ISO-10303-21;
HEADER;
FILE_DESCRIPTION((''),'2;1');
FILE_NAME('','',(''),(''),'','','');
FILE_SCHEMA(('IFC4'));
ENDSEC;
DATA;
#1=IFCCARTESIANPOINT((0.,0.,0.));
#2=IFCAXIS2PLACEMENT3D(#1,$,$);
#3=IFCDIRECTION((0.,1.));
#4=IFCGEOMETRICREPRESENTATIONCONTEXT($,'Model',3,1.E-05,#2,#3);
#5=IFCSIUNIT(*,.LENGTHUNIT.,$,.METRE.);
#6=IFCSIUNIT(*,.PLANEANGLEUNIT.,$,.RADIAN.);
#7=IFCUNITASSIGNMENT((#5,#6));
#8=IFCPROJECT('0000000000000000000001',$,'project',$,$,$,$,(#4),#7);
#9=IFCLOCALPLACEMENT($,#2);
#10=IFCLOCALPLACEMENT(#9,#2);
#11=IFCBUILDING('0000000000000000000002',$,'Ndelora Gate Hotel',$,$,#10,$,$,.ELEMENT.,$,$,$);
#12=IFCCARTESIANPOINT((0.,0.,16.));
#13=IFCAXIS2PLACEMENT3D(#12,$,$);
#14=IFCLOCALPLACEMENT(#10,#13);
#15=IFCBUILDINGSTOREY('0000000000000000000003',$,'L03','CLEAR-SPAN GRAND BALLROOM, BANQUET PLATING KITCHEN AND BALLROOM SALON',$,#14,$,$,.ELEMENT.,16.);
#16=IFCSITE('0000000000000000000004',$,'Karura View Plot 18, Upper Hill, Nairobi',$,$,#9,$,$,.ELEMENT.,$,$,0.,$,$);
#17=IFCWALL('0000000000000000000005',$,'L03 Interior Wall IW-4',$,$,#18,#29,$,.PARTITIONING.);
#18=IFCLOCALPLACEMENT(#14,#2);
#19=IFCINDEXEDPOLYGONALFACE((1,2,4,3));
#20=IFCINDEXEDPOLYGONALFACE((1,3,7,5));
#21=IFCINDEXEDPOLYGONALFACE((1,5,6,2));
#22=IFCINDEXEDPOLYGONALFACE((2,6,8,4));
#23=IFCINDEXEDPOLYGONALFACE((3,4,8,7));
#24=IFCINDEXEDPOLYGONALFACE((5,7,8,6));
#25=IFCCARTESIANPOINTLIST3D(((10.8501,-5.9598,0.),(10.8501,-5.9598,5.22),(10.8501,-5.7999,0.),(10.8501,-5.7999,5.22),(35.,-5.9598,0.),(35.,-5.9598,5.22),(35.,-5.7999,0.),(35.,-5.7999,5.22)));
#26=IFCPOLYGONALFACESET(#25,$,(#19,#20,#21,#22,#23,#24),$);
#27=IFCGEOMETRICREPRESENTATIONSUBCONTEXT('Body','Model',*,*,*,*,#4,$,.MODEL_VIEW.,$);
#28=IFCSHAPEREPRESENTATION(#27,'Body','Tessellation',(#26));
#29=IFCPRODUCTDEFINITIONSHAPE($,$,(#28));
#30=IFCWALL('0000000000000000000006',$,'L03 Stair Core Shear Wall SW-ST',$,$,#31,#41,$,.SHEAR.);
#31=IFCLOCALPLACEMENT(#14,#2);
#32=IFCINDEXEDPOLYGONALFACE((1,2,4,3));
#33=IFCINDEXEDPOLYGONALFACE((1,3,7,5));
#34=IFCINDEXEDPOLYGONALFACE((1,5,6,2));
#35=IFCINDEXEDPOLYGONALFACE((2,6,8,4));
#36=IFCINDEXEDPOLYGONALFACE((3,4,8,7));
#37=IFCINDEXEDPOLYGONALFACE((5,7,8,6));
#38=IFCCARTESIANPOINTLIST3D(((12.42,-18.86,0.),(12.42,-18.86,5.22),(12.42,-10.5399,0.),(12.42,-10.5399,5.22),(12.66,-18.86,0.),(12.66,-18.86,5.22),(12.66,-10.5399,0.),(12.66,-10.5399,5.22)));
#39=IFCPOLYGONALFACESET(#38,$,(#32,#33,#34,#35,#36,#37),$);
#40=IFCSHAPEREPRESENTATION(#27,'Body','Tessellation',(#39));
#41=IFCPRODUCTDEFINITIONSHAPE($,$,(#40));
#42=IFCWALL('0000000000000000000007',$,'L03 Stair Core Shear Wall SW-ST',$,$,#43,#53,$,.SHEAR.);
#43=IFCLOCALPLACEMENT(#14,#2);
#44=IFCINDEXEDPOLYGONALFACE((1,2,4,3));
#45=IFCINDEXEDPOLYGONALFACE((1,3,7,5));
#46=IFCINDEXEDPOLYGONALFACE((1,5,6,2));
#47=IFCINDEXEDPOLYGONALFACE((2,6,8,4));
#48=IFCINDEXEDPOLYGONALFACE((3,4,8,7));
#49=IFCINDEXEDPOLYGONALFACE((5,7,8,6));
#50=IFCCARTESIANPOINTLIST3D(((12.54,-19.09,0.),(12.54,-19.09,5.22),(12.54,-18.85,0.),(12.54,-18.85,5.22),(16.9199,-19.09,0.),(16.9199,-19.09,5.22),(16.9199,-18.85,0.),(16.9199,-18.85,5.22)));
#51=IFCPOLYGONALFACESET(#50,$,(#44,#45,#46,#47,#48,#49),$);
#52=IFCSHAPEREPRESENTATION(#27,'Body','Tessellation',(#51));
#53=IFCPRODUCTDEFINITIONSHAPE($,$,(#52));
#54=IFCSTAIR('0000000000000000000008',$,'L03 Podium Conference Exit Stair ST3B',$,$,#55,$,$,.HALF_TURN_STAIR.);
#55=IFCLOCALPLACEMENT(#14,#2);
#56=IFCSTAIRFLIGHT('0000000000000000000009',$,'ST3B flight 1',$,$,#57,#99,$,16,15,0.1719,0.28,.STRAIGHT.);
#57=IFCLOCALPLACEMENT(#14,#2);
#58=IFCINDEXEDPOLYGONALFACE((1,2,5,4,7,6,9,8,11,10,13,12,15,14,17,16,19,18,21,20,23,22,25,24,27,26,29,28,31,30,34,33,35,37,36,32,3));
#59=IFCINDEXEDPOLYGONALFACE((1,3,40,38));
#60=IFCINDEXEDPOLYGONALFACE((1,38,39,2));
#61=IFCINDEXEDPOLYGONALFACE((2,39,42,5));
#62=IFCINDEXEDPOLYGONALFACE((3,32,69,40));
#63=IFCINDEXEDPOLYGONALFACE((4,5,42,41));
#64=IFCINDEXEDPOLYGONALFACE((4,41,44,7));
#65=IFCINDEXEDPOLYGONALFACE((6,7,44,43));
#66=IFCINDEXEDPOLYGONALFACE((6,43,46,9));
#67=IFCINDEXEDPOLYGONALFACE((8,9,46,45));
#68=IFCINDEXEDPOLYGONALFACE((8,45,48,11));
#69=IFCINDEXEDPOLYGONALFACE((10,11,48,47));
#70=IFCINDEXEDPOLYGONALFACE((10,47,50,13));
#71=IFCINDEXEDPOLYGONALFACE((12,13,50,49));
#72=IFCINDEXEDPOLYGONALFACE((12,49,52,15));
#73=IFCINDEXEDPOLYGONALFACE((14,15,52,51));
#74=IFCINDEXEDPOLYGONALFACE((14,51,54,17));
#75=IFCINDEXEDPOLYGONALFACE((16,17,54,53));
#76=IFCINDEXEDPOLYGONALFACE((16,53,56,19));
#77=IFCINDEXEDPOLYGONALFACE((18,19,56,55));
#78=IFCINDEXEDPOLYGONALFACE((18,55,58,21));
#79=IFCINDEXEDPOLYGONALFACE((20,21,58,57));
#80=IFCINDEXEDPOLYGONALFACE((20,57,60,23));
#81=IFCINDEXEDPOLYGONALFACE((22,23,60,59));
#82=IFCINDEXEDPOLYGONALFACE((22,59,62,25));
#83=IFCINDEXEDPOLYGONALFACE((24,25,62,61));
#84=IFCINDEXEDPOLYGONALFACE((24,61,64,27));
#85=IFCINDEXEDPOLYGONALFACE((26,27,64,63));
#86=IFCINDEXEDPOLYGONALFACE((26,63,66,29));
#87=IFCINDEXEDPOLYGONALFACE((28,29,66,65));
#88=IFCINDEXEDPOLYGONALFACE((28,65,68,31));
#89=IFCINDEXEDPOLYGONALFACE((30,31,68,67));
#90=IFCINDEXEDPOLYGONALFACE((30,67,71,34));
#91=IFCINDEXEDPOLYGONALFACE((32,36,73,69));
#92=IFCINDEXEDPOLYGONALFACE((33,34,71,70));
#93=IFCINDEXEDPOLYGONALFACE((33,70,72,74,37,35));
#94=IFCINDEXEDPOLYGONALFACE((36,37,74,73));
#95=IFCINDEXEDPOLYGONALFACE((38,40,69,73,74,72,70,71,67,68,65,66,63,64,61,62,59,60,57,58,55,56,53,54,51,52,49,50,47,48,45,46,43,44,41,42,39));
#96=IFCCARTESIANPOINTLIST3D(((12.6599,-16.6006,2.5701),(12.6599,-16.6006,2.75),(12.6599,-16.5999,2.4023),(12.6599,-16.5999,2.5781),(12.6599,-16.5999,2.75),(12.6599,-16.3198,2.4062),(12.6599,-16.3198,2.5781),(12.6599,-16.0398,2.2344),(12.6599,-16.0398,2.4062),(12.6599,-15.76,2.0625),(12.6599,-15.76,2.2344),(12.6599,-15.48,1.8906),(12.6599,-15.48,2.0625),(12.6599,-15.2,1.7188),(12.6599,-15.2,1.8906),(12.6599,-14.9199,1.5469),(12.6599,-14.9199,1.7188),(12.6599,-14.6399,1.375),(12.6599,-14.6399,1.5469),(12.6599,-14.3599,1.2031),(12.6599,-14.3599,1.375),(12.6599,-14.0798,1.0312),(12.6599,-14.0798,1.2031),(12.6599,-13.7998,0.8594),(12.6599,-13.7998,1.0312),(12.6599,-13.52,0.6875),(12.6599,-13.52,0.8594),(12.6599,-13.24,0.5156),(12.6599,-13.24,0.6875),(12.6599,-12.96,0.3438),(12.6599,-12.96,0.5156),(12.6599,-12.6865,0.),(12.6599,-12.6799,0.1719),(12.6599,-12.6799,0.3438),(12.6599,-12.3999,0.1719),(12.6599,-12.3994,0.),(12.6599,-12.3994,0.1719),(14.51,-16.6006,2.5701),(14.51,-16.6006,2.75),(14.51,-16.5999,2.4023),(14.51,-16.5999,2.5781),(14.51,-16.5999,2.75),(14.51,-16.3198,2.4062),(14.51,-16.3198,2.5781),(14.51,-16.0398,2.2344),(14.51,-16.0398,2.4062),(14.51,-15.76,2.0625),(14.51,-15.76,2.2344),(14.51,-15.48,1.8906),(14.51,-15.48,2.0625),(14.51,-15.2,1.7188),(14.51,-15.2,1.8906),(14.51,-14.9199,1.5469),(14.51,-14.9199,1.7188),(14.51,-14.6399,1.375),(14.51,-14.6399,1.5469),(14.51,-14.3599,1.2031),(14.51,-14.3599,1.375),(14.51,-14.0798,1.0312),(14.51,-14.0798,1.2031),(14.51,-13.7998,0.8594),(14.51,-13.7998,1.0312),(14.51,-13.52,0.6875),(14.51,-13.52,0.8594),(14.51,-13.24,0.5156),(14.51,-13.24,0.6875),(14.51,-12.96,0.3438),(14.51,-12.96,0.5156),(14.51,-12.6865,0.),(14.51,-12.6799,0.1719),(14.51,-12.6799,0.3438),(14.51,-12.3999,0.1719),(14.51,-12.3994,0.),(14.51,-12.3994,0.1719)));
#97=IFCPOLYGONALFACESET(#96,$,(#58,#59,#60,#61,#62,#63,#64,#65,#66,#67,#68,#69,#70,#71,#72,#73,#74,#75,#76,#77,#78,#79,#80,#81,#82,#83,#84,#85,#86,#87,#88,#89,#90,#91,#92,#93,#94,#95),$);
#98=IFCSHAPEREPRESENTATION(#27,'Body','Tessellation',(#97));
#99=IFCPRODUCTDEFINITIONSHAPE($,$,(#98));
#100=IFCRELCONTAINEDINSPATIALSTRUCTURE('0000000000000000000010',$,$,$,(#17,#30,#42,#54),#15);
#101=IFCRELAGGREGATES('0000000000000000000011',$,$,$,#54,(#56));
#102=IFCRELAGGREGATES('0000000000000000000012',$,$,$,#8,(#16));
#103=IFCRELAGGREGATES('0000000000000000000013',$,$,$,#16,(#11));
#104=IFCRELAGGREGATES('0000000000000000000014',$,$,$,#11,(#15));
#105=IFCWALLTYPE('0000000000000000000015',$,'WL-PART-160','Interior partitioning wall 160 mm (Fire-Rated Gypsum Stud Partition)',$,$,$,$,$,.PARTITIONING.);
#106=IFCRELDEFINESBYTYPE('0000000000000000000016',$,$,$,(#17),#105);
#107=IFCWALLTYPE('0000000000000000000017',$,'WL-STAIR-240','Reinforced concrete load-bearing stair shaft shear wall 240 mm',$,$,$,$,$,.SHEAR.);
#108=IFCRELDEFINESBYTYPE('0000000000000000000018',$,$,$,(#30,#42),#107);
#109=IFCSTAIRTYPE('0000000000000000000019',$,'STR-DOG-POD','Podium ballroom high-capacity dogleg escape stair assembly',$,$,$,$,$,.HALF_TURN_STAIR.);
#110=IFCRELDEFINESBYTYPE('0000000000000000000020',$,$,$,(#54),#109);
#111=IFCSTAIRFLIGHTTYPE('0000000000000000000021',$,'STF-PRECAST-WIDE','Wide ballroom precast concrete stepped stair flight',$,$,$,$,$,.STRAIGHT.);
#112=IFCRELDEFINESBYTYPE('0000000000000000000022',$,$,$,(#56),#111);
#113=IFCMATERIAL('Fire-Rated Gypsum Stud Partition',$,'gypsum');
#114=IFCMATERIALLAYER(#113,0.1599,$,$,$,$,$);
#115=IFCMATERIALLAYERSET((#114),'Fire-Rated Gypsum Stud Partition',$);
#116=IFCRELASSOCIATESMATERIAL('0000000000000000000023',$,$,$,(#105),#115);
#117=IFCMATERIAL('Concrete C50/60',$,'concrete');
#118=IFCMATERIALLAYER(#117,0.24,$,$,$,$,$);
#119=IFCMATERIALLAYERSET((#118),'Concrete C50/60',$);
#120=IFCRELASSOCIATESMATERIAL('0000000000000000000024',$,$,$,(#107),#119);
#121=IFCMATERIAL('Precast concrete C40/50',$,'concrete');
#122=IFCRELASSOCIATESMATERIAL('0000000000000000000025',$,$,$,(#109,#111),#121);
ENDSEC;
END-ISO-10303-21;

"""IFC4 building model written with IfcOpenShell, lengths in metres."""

from ifc_helpers import new_model, si_unit, direction, frame, frame_2d, origin, place, context, subcontext, project, spatial, polyline, rectangle, outline, extrude, material, layer, layer_set, type_object, element, aggregate, save


model = new_model("IFC4")

# Units and contexts
model_context = context("Model", 3, precision=1e-05, world=origin(), true_north=direction((0.0, 1.0)))
body_context = subcontext(model_context, "Body", "Model", "MODEL_VIEW")
ifc_project = project(units=[si_unit("LENGTHUNIT", "METRE"), si_unit("PLANEANGLEUNIT", "RADIAN")], contexts=[model_context])

# Site, building, storey
site_placement = place(None, origin())
site = spatial("IfcSite", under=ifc_project, at=site_placement, Name="Karura View Plot 18, Upper Hill, Nairobi", CompositionType="ELEMENT", RefElevation=0.0)
building_placement = place(site_placement, origin())
building = spatial("IfcBuilding", under=site, at=building_placement, Name="Ndelora Gate Hotel", CompositionType="ELEMENT")
storey_placement = place(building_placement, frame((0.0, 0.0, 16.0)))
storey = spatial("IfcBuildingStorey", under=building, at=storey_placement, Name="L03", Description="CLEAR-SPAN GRAND BALLROOM, BANQUET PLATING KITCHEN AND BALLROOM SALON", CompositionType="ELEMENT", Elevation=16.0)

# Shared definitions
ifc_material_1 = material(Name="Fire-Rated Gypsum Stud Partition", Category="gypsum")
ifc_layer_1 = layer(ifc_material_1, 0.1599)
ifc_layer_set_1 = layer_set([ifc_layer_1], Name="Fire-Rated Gypsum Stud Partition")
wall_type_1 = type_object("IfcWallType", Name="WL-PART-160", Description="Interior partitioning wall 160 mm (Fire-Rated Gypsum Stud Partition)", PredefinedType="PARTITIONING", material=ifc_layer_set_1)

# Walls
wall_1_placement = place(storey_placement, frame((10.8501, -5.8799, 0.0), z_axis=(0.0, 0.0, 1.0), x_axis=(1.0, 0.0, 0.0)))
element("IfcWall", 1, at=wall_1_placement, inside=storey, type_object=wall_type_1, Name="L03 Interior Wall IW-4", PredefinedType="PARTITIONING", context=body_context, shape_type="SweptSolid", body=[
    extrude(rectangle(XDim=24.1499, YDim=0.1599, at=frame_2d((12.075, 0.0))), origin(), (0.0, 0.0, 1.0), 5.22),
])
ifc_material_2 = material(Name="Concrete C50/60", Category="concrete")
ifc_layer_2 = layer(ifc_material_2, 0.24)
ifc_layer_set_2 = layer_set([ifc_layer_2], Name="Concrete C50/60")
wall_type_2 = type_object("IfcWallType", Name="WL-STAIR-240", Description="Reinforced concrete load-bearing stair shaft shear wall 240 mm", PredefinedType="SHEAR", material=ifc_layer_set_2)
wall_2_placement = place(storey_placement, frame((12.54, -18.8601, 0.0), z_axis=(0.0, 0.0, 1.0), x_axis=(0.0, 1.0, 0.0)))
element("IfcWall", 2, at=wall_2_placement, inside=storey, type_object=wall_type_2, Name="L03 Stair Core Shear Wall SW-ST", PredefinedType="SHEAR", context=body_context, shape_type="SweptSolid", body=[
    extrude(rectangle(XDim=8.3201, YDim=0.24, at=frame_2d((4.1602, 0.0))), origin(), (0.0, 0.0, 1.0), 5.22),
])
wall_3_placement = place(storey_placement, frame((12.54, -18.97, 0.0), z_axis=(0.0, 0.0, 1.0), x_axis=(1.0, 0.0, 0.0)))
element("IfcWall", 3, at=wall_3_placement, inside=storey, type_object=wall_type_2, Name="L03 Stair Core Shear Wall SW-ST", PredefinedType="SHEAR", context=body_context, shape_type="SweptSolid", body=[
    extrude(rectangle(XDim=4.3799, YDim=0.24, at=frame_2d((2.1899, 0.0))), origin(), (0.0, 0.0, 1.0), 5.22),
])

# Stair, stair flight
ifc_material_3 = material(Name="Precast concrete C40/50", Category="concrete")
stair_type = type_object("IfcStairType", Name="STR-DOG-POD", Description="Podium ballroom high-capacity dogleg escape stair assembly", PredefinedType="HALF_TURN_STAIR", material=ifc_material_3)
stair_placement = place(storey_placement, origin())
stair = element("IfcStair", 4, at=stair_placement, inside=storey, type_object=stair_type, Name="L03 Podium Conference Exit Stair ST3B", PredefinedType="HALF_TURN_STAIR")
stair_flight_type = type_object("IfcStairFlightType", Name="STF-PRECAST-WIDE", Description="Wide ballroom precast concrete stepped stair flight", PredefinedType="STRAIGHT", material=ifc_material_3)
stair_flight_placement = place(storey_placement, frame((13.585, -12.3999, 0.0), z_axis=(0.0, 0.0, 1.0), x_axis=(0.0, -1.0, 0.0)))
stair_flight = element("IfcStairFlight", 5, at=stair_flight_placement, type_object=stair_flight_type, Name="ST3B flight 1", NumberOfRisers=16, NumberOfTreads=15, PredefinedType="STRAIGHT", RiserHeight=0.1719, TreadLength=0.28, context=body_context, shape_type="SweptSolid", body=[
    extrude(outline(polyline([(-0.0005, 0.0), (-0.0005, 0.1719), (0.0, 0.1719), (0.28, 0.1719), (0.28, 0.3438), (0.5601, 0.3438), (0.5601, 0.5156), (0.8401, 0.5156), (0.8401, 0.6875), (1.1201, 0.6875), (1.1201, 0.8594), (1.3999, 0.8594), (1.3999, 1.0312), (1.6799, 1.0312), (1.6799, 1.2031), (1.96, 1.2031), (1.96, 1.375), (2.24, 1.375), (2.24, 1.5469), (2.52, 1.5469), (2.52, 1.7188), (2.8, 1.7188), (2.8, 1.8906), (3.0801, 1.8906), (3.0801, 2.0625), (3.3601, 2.0625), (3.3601, 2.2344), (3.6399, 2.2344), (3.6399, 2.4062), (3.9199, 2.4062), (3.9199, 2.5781), (4.2, 2.5781), (4.2, 2.75), (4.2007, 2.75), (4.2007, 2.5701), (4.2, 2.4023), (0.2866, 0.0), (-0.0005, 0.0)])), frame((0.0, 0.925, 0.0), z_axis=(0.0, -1.0, 0.0), x_axis=(1.0, 0.0, 0.0)), (0.0, 0.0, 1.0), 1.8501),
])
aggregate(stair, [stair_flight])

save(model, "model.ifc")
